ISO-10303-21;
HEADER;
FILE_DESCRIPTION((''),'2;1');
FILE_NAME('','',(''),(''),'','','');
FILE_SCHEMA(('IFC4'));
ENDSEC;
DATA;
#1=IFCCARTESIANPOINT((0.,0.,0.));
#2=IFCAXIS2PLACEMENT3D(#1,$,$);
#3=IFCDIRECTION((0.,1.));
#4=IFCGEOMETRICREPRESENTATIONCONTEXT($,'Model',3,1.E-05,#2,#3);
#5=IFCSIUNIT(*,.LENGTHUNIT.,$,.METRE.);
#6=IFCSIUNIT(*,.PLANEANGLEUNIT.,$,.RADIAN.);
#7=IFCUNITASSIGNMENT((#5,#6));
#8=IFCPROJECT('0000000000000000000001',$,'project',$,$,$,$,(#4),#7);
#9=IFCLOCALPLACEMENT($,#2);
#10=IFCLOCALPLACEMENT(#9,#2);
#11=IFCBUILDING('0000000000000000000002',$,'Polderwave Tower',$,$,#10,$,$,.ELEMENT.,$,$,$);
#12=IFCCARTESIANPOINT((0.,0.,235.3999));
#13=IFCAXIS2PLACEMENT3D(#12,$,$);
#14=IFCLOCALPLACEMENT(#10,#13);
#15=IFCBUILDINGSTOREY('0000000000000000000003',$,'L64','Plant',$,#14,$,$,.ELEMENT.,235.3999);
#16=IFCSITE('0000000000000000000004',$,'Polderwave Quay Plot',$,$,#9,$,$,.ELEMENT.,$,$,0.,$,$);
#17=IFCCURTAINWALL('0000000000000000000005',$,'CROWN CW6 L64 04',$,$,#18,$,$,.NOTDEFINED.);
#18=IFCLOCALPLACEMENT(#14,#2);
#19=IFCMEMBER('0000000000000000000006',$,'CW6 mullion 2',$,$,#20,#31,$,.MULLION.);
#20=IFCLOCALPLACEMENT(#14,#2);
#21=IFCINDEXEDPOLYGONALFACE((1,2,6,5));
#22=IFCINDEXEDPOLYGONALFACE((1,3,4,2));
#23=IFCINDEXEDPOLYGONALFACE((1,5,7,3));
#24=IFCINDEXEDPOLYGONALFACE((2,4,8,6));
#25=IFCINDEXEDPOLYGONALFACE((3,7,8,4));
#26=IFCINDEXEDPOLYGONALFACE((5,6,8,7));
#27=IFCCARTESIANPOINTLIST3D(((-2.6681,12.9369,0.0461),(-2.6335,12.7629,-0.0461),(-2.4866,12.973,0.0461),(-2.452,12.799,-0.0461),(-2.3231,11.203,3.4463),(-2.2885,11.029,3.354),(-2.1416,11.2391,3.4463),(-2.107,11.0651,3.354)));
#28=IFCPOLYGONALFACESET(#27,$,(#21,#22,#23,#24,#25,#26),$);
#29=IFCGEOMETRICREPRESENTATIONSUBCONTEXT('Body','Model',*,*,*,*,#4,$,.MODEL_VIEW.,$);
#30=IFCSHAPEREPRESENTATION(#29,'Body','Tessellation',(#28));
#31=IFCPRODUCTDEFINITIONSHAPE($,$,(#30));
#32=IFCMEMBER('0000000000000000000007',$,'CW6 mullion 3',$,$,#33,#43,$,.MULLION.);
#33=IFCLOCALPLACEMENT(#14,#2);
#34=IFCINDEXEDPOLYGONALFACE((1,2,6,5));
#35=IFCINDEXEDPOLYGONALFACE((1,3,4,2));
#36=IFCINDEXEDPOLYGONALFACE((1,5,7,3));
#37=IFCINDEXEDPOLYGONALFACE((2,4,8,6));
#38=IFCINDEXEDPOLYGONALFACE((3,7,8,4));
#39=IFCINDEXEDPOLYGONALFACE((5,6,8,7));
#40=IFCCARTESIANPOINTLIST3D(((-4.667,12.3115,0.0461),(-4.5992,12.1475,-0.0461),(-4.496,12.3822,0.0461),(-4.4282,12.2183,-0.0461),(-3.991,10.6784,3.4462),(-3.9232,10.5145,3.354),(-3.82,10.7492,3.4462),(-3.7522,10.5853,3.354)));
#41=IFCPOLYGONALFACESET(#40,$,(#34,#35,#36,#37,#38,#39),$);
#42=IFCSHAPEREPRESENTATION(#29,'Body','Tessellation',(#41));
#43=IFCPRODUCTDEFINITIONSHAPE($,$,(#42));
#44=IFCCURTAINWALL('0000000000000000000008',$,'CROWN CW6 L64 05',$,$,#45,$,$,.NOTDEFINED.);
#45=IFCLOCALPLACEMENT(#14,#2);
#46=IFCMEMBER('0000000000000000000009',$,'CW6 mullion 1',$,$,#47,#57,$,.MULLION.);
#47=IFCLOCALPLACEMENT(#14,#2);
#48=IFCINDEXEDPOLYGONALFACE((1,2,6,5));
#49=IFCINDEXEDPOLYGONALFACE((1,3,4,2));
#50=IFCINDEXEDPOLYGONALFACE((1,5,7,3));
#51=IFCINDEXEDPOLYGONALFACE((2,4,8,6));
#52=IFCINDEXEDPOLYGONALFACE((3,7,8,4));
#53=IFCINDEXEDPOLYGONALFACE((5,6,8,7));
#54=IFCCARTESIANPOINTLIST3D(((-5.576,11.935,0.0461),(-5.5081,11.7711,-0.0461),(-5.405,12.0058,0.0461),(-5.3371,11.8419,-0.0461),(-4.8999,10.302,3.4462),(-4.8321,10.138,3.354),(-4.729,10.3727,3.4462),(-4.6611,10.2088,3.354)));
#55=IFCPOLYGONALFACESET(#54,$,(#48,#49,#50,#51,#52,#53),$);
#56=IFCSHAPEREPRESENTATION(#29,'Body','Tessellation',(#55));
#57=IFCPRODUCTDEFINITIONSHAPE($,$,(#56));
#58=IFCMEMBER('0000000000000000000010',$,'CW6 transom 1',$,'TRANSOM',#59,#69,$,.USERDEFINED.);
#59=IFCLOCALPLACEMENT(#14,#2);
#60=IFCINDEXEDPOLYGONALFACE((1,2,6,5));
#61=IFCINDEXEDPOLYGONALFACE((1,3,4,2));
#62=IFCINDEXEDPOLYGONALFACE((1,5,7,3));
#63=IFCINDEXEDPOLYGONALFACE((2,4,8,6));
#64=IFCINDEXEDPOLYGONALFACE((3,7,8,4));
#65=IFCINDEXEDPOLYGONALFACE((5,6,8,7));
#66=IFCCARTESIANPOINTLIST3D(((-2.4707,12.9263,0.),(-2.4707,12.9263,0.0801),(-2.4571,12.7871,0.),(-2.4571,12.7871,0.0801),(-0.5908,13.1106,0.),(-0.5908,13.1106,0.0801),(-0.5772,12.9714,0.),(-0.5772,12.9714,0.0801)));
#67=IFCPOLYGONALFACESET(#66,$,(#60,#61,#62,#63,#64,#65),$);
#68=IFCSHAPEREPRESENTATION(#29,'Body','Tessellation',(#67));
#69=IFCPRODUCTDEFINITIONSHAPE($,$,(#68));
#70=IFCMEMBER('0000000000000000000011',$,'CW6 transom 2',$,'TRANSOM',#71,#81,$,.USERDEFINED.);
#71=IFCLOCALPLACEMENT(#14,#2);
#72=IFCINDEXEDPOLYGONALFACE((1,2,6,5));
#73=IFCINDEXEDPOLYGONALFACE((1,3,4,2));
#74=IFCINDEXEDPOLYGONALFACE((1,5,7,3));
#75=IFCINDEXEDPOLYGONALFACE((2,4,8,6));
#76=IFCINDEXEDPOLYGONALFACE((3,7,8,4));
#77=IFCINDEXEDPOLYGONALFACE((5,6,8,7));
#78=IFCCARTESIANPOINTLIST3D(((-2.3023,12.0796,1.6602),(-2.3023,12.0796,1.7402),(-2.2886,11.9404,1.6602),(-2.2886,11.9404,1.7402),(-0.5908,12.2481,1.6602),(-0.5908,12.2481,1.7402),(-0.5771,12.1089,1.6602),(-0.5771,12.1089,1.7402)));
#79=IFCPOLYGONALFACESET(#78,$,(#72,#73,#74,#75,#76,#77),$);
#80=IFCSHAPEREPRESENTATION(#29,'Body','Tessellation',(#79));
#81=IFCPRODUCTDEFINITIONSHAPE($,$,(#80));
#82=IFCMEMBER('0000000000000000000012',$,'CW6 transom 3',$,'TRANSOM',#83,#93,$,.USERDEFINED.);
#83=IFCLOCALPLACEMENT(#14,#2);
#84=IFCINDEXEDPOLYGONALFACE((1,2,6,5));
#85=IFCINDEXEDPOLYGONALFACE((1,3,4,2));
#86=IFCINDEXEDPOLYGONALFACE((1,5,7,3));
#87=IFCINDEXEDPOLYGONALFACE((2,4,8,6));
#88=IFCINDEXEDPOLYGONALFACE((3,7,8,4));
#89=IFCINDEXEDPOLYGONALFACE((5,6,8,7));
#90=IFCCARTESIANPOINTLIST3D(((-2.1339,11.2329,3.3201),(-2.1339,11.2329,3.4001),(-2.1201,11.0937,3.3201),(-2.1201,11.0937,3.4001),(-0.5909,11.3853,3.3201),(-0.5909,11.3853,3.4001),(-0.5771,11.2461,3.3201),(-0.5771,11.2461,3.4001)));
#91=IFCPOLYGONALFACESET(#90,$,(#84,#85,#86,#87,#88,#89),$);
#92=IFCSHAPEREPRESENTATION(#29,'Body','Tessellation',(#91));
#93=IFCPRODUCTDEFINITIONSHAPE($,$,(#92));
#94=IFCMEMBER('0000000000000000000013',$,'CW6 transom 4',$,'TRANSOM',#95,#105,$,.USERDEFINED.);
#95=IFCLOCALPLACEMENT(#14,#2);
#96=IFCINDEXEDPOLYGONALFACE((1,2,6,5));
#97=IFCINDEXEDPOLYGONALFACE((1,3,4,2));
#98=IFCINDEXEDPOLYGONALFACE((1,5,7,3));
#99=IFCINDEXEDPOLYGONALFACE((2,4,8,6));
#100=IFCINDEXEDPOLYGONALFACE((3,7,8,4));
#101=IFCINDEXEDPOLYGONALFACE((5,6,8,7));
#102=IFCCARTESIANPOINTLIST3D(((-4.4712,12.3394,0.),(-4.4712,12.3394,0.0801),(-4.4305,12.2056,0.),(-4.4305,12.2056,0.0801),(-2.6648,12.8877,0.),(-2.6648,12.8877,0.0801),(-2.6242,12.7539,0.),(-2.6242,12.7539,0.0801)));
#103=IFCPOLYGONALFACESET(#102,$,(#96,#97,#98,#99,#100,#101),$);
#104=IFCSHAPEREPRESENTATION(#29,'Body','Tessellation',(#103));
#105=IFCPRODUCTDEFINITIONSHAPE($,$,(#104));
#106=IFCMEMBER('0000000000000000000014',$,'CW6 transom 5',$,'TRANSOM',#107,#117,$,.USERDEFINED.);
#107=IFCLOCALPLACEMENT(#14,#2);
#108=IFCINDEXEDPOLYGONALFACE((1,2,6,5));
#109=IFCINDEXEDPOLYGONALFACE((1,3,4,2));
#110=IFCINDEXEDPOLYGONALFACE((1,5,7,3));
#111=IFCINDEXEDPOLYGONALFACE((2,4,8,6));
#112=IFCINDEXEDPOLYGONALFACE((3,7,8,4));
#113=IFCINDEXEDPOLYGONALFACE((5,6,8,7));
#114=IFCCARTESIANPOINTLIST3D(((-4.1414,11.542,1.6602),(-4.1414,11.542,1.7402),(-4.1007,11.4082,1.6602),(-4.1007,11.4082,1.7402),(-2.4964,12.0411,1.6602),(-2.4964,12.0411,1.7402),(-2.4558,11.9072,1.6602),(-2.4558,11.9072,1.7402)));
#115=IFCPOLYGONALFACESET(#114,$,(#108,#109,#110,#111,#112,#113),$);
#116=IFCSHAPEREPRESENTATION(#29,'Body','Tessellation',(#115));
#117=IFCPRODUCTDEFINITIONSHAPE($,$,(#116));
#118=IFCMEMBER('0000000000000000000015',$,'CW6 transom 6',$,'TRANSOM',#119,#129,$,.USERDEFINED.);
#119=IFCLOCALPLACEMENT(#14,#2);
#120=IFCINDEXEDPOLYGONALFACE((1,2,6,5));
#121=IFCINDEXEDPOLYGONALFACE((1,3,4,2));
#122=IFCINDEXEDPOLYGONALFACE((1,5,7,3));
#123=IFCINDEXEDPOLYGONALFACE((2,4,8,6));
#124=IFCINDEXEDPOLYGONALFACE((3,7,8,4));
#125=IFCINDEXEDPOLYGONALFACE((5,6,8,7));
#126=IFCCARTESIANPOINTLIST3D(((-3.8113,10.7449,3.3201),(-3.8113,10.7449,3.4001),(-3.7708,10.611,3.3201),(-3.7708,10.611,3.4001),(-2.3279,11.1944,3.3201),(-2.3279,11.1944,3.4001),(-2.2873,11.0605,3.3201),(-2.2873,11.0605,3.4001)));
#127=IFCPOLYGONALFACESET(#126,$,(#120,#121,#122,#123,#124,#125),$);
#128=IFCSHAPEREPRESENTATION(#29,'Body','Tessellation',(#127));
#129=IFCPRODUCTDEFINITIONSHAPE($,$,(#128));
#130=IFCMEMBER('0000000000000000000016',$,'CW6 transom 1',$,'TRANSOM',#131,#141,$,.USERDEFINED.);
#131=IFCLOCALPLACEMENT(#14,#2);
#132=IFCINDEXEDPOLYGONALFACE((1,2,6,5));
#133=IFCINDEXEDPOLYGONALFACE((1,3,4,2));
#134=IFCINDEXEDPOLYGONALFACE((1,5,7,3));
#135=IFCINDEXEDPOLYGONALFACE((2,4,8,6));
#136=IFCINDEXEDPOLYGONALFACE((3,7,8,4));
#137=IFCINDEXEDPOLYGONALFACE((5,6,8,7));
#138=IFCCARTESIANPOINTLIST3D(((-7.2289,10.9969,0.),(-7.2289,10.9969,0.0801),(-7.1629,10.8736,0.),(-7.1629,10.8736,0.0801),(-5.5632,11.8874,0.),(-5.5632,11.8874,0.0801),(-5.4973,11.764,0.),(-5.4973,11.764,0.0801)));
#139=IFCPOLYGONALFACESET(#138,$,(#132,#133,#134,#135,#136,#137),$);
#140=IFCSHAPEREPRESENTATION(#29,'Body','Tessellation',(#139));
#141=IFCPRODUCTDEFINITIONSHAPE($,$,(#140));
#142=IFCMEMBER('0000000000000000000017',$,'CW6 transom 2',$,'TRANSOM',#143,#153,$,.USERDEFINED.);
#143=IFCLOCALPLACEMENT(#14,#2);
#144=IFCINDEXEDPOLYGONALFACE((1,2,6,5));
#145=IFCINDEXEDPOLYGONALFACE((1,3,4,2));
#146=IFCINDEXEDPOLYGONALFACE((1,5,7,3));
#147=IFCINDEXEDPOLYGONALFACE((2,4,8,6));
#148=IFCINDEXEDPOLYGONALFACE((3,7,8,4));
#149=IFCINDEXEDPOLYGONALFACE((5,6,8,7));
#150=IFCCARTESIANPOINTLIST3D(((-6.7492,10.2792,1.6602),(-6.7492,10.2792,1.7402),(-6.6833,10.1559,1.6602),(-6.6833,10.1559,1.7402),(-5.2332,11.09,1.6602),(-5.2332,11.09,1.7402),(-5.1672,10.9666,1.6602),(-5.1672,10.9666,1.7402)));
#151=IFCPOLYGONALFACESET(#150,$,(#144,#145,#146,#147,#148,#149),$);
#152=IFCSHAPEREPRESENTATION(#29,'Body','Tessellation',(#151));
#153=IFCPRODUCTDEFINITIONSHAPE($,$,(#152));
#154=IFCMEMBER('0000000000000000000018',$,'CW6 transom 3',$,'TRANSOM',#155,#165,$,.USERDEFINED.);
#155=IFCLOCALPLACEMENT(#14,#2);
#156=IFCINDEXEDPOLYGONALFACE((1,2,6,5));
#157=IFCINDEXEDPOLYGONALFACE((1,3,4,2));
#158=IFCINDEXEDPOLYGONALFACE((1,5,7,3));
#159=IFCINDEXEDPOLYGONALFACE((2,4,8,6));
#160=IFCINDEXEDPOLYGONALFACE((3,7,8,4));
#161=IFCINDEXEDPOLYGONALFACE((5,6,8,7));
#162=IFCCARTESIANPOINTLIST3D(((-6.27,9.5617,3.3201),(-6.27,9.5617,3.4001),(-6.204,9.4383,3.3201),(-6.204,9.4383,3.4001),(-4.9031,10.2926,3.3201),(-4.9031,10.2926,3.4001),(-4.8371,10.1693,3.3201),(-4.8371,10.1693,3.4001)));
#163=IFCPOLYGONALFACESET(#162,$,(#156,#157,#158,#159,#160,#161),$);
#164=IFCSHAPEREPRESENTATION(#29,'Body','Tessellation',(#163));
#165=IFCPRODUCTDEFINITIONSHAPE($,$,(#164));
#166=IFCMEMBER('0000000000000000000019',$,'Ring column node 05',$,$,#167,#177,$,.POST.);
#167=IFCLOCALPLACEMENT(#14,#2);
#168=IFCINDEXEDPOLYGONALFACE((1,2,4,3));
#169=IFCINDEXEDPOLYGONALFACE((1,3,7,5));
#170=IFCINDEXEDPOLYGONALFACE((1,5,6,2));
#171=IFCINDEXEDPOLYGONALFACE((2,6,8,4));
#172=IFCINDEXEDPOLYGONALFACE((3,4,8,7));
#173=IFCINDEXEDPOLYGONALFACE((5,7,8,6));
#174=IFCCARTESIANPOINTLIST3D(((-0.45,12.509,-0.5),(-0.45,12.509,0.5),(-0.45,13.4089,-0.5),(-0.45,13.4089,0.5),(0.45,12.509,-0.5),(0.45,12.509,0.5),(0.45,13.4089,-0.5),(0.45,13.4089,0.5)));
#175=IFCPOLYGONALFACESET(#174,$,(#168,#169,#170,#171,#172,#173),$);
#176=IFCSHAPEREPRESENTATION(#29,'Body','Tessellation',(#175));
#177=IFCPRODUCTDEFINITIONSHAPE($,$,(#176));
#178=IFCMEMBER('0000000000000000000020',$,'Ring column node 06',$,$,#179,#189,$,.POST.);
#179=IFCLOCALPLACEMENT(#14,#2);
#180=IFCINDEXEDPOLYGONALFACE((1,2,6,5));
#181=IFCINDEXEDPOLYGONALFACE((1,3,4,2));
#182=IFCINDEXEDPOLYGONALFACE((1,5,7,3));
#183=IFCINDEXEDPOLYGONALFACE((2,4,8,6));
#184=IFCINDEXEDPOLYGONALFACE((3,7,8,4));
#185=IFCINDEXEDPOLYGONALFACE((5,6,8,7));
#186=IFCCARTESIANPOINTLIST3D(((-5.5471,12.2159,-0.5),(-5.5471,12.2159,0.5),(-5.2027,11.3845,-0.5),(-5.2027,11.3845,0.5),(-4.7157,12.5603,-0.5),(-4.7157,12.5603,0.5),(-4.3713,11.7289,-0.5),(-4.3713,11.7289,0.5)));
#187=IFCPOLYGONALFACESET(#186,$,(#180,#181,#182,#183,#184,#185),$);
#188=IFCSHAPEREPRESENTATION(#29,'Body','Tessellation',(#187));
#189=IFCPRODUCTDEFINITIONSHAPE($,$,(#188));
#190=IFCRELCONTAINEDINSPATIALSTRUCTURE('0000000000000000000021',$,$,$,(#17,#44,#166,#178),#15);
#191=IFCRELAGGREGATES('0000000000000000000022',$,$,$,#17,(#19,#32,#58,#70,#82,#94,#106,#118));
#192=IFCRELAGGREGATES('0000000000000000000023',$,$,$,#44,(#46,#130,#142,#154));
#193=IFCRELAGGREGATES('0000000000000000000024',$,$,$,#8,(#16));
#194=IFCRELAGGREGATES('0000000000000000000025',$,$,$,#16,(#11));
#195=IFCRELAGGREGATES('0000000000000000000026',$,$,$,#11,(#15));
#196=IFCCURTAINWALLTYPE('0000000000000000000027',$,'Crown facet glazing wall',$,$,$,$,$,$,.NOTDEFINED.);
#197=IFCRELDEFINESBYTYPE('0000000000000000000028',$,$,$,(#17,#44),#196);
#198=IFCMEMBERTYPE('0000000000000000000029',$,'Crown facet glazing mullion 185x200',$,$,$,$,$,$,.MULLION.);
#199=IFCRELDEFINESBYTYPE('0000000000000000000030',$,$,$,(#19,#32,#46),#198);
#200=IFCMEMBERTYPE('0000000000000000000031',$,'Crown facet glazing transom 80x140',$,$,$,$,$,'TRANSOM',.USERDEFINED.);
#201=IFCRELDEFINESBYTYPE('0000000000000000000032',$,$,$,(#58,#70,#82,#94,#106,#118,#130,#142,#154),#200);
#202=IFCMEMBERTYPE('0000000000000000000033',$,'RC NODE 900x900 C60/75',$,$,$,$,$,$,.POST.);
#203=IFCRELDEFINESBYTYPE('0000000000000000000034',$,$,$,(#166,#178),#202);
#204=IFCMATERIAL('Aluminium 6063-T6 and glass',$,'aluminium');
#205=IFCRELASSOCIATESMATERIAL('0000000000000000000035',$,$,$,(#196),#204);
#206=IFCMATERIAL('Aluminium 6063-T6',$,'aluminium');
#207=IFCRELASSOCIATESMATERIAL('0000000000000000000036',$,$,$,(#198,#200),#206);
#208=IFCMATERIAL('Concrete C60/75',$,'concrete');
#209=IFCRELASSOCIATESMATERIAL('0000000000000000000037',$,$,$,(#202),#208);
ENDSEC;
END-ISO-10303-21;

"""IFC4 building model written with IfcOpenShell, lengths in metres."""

from ifc_helpers import new_model, si_unit, direction, frame, origin, origin_2d, place, context, subcontext, project, spatial, rectangle, extrude, material, material_profile, profile_set, type_object, element, aggregate, save


model = new_model("IFC4")

# Units and contexts
model_context = context("Model", 3, precision=1e-05, world=origin(), true_north=direction((0.0, 1.0)))
body_context = subcontext(model_context, "Body", "Model", "MODEL_VIEW")
ifc_project = project(units=[si_unit("LENGTHUNIT", "METRE"), si_unit("PLANEANGLEUNIT", "RADIAN")], contexts=[model_context])

# Site, building, storey
site_placement = place(None, origin())
site = spatial("IfcSite", under=ifc_project, at=site_placement, Name="Polderwave Quay Plot", CompositionType="ELEMENT", RefElevation=0.0)
building_placement = place(site_placement, origin())
building = spatial("IfcBuilding", under=site, at=building_placement, Name="Polderwave Tower", CompositionType="ELEMENT")
storey_placement = place(building_placement, frame((0.0, 0.0, 235.3999)))
storey = spatial("IfcBuildingStorey", under=building, at=storey_placement, Name="L64", Description="Plant", CompositionType="ELEMENT", Elevation=235.3999)

# Shared definitions
ifc_material_1 = material(Name="Concrete C60/75", Category="concrete")

# Curtain wall, members
ifc_material_2 = material(Name="Aluminium 6063-T6 and glass", Category="aluminium")
curtain_wall_type = type_object("IfcCurtainWallType", Name="Crown facet glazing wall", PredefinedType="NOTDEFINED", material=ifc_material_2)
curtain_wall_1_placement = place(storey_placement, origin())
curtain_wall_1 = element("IfcCurtainWall", 1, at=curtain_wall_1_placement, inside=storey, type_object=curtain_wall_type, Name="CROWN CW6 L64 04", PredefinedType="NOTDEFINED")
ifc_material_3 = material(Name="Aluminium 6063-T6", Category="aluminium")
ifc_material_profile_1 = material_profile(ifc_material_3, rectangle(XDim=0.1851, YDim=0.2, at=origin_2d()), Name="AL 185x200")
ifc_profile_set_1 = profile_set([ifc_material_profile_1], Name="Aluminium 6063-T6")
member_type_1 = type_object("IfcMemberType", Name="Crown facet glazing mullion 185x200", PredefinedType="MULLION", material=ifc_profile_set_1)
member_1_placement = place(storey_placement, frame((-2.5601, 12.8679, 0.0), z_axis=(0.090017, -0.452443, 0.887239), x_axis=(0.980777, 0.195133, 0.0)))
member_1 = element("IfcMember", 2, at=member_1_placement, type_object=member_type_1, Name="CW6 mullion 2", PredefinedType="MULLION", context=body_context, shape_type="SweptSolid", body=[
    extrude(rectangle(XDim=0.1851, YDim=0.2, at=origin_2d()), origin(), (0.0, 0.0, 1.0), 3.8323),
])
member_2_placement = place(storey_placement, frame((-4.5476, 12.2649, 0.0), z_axis=(0.176412, -0.426153, 0.887284), x_axis=(0.923961, 0.382486, 0.0)))
member_2 = element("IfcMember", 3, at=member_2_placement, type_object=member_type_1, Name="CW6 mullion 3", PredefinedType="MULLION", context=body_context, shape_type="SweptSolid", body=[
    extrude(rectangle(XDim=0.1851, YDim=0.2, at=origin_2d()), origin(), (0.0, 0.0, 1.0), 3.832),
])

# Curtain wall, member
curtain_wall_2_placement = place(storey_placement, origin())
curtain_wall_2 = element("IfcCurtainWall", 4, at=curtain_wall_2_placement, inside=storey, type_object=curtain_wall_type, Name="CROWN CW6 L64 05", PredefinedType="NOTDEFINED")
member_3_placement = place(storey_placement, frame((-5.4565, 11.8884, 0.0), z_axis=(0.176412, -0.426153, 0.887284), x_axis=(0.923961, 0.382486, 0.0)))
member_3 = element("IfcMember", 5, at=member_3_placement, type_object=member_type_1, Name="CW6 mullion 1", PredefinedType="MULLION", context=body_context, shape_type="SweptSolid", body=[
    extrude(rectangle(XDim=0.1851, YDim=0.2, at=origin_2d()), origin(), (0.0, 0.0, 1.0), 3.832),
])

# Members
ifc_material_profile_2 = material_profile(ifc_material_3, rectangle(XDim=0.1399, YDim=0.0801, at=origin_2d()), Name="AL 80x140")
ifc_profile_set_2 = profile_set([ifc_material_profile_2], Name="Aluminium 6063-T6")
member_type_2 = type_object("IfcMemberType", Name="Crown facet glazing transom 80x140", ElementType="TRANSOM", PredefinedType="USERDEFINED", material=ifc_profile_set_2)
member_4_placement = place(storey_placement, frame((-0.584, 13.041, 0.04), z_axis=(-0.995227, -0.097584, 0.0), x_axis=(0.097584, -0.995227, 0.0)))
member_4 = element("IfcMember", 6, at=member_4_placement, type_object=member_type_2, Name="CW6 transom 1", ObjectType="TRANSOM", PredefinedType="USERDEFINED", context=body_context, shape_type="SweptSolid", body=[
    extrude(rectangle(XDim=0.1399, YDim=0.0801, at=origin_2d()), origin(), (0.0, 0.0, 1.0), 1.8889),
])
member_5_placement = place(storey_placement, frame((-0.584, 12.1785, 1.7002), z_axis=(-0.995191, -0.097957, 0.0), x_axis=(0.097957, -0.995191, 0.0)))
member_5 = element("IfcMember", 7, at=member_5_placement, type_object=member_type_2, Name="CW6 transom 2", ObjectType="TRANSOM", PredefinedType="USERDEFINED", context=body_context, shape_type="SweptSolid", body=[
    extrude(rectangle(XDim=0.1399, YDim=0.0801, at=origin_2d()), origin(), (0.0, 0.0, 1.0), 1.7197),
])
member_6_placement = place(storey_placement, frame((-0.584, 11.3157, 3.3601), z_axis=(-0.995161, -0.098256, 0.0), x_axis=(0.098256, -0.995161, 0.0)))
member_6 = element("IfcMember", 8, at=member_6_placement, type_object=member_type_2, Name="CW6 transom 3", ObjectType="TRANSOM", PredefinedType="USERDEFINED", context=body_context, shape_type="SweptSolid", body=[
    extrude(rectangle(XDim=0.1399, YDim=0.0801, at=origin_2d()), origin(), (0.0, 0.0, 1.0), 1.5505),
])
member_7_placement = place(storey_placement, frame((-2.6445, 12.8208, 0.04), z_axis=(-0.956885, -0.290467, 0.0), x_axis=(0.290467, -0.956885, 0.0)))
member_7 = element("IfcMember", 9, at=member_7_placement, type_object=member_type_2, Name="CW6 transom 4", ObjectType="TRANSOM", PredefinedType="USERDEFINED", context=body_context, shape_type="SweptSolid", body=[
    extrude(rectangle(XDim=0.1399, YDim=0.0801, at=origin_2d()), origin(), (0.0, 0.0, 1.0), 1.8877),
])
member_8_placement = place(storey_placement, frame((-2.4761, 11.9741, 1.7002), z_axis=(-0.956938, -0.290291, 0.0), x_axis=(0.290291, -0.956938, 0.0)))
member_8 = element("IfcMember", 10, at=member_8_placement, type_object=member_type_2, Name="CW6 transom 5", ObjectType="TRANSOM", PredefinedType="USERDEFINED", context=body_context, shape_type="SweptSolid", body=[
    extrude(rectangle(XDim=0.1399, YDim=0.0801, at=origin_2d()), origin(), (0.0, 0.0, 1.0), 1.719),
])
member_9_placement = place(storey_placement, frame((-2.3076, 11.1274, 3.3601), z_axis=(-0.957034, -0.289977, 0.0), x_axis=(0.289977, -0.957034, 0.0)))
member_9 = element("IfcMember", 11, at=member_9_placement, type_object=member_type_2, Name="CW6 transom 6", ObjectType="TRANSOM", PredefinedType="USERDEFINED", context=body_context, shape_type="SweptSolid", body=[
    extrude(rectangle(XDim=0.1399, YDim=0.0801, at=origin_2d()), origin(), (0.0, 0.0, 1.0), 1.55),
])
member_10_placement = place(storey_placement, frame((-5.5303, 11.8257, 0.04), z_axis=(-0.881891, -0.471454, 0.0), x_axis=(0.471454, -0.881891, 0.0)))
member_10 = element("IfcMember", 12, at=member_10_placement, type_object=member_type_2, Name="CW6 transom 1", ObjectType="TRANSOM", PredefinedType="USERDEFINED", context=body_context, shape_type="SweptSolid", body=[
    extrude(rectangle(XDim=0.1399, YDim=0.0801, at=origin_2d()), origin(), (0.0, 0.0, 1.0), 1.8887),
])
member_11_placement = place(storey_placement, frame((-5.2002, 11.0283, 1.7002), z_axis=(-0.881822, -0.471583, 0.0), x_axis=(0.471583, -0.881822, 0.0)))
member_11 = element("IfcMember", 13, at=member_11_placement, type_object=member_type_2, Name="CW6 transom 2", ObjectType="TRANSOM", PredefinedType="USERDEFINED", context=body_context, shape_type="SweptSolid", body=[
    extrude(rectangle(XDim=0.1399, YDim=0.0801, at=origin_2d()), origin(), (0.0, 0.0, 1.0), 1.7192),
])
member_12_placement = place(storey_placement, frame((-4.8701, 10.231, 3.3601), z_axis=(-0.881838, -0.471553, 0.0), x_axis=(0.471553, -0.881838, 0.0)))
member_12 = element("IfcMember", 14, at=member_12_placement, type_object=member_type_2, Name="CW6 transom 3", ObjectType="TRANSOM", PredefinedType="USERDEFINED", context=body_context, shape_type="SweptSolid", body=[
    extrude(rectangle(XDim=0.1399, YDim=0.0801, at=origin_2d()), origin(), (0.0, 0.0, 1.0), 1.55),
])

# Members
ifc_material_profile_3 = material_profile(ifc_material_1, rectangle(XDim=0.8999, YDim=0.8999, at=origin_2d()), Name="RC 900x900")
ifc_profile_set_3 = profile_set([ifc_material_profile_3], Name="Concrete C60/75")
member_type_3 = type_object("IfcMemberType", Name="RC NODE 900x900 C60/75", PredefinedType="POST", material=ifc_profile_set_3)
for number, where, z_axis, x_axis, name in (
    (15, (0.0, 12.959, -0.5), (0.0, 0.0, 1.0), (0.0, 1.0, 0.0), "Ring column node 05"),
    (16, (-4.9592, 11.9724, -0.5), (0.0, 0.0, 1.0), (-0.382683, 0.92388, 0.0), "Ring column node 06"),
):
    element("IfcMember", number, at=place(storey_placement, frame(where, z_axis=z_axis, x_axis=x_axis)), inside=storey, type_object=member_type_3, Name=name, PredefinedType="POST", context=body_context, shape_type="SweptSolid", body=[
        extrude(rectangle(XDim=0.8999, YDim=0.8999, at=origin_2d()), origin(), (0.0, 0.0, 1.0), 1.0),
    ])

aggregate(curtain_wall_1, [member_1, member_2, member_4, member_5, member_6, member_7, member_8, member_9])
aggregate(curtain_wall_2, [member_3, member_10, member_11, member_12])

save(model, "model.ifc")
